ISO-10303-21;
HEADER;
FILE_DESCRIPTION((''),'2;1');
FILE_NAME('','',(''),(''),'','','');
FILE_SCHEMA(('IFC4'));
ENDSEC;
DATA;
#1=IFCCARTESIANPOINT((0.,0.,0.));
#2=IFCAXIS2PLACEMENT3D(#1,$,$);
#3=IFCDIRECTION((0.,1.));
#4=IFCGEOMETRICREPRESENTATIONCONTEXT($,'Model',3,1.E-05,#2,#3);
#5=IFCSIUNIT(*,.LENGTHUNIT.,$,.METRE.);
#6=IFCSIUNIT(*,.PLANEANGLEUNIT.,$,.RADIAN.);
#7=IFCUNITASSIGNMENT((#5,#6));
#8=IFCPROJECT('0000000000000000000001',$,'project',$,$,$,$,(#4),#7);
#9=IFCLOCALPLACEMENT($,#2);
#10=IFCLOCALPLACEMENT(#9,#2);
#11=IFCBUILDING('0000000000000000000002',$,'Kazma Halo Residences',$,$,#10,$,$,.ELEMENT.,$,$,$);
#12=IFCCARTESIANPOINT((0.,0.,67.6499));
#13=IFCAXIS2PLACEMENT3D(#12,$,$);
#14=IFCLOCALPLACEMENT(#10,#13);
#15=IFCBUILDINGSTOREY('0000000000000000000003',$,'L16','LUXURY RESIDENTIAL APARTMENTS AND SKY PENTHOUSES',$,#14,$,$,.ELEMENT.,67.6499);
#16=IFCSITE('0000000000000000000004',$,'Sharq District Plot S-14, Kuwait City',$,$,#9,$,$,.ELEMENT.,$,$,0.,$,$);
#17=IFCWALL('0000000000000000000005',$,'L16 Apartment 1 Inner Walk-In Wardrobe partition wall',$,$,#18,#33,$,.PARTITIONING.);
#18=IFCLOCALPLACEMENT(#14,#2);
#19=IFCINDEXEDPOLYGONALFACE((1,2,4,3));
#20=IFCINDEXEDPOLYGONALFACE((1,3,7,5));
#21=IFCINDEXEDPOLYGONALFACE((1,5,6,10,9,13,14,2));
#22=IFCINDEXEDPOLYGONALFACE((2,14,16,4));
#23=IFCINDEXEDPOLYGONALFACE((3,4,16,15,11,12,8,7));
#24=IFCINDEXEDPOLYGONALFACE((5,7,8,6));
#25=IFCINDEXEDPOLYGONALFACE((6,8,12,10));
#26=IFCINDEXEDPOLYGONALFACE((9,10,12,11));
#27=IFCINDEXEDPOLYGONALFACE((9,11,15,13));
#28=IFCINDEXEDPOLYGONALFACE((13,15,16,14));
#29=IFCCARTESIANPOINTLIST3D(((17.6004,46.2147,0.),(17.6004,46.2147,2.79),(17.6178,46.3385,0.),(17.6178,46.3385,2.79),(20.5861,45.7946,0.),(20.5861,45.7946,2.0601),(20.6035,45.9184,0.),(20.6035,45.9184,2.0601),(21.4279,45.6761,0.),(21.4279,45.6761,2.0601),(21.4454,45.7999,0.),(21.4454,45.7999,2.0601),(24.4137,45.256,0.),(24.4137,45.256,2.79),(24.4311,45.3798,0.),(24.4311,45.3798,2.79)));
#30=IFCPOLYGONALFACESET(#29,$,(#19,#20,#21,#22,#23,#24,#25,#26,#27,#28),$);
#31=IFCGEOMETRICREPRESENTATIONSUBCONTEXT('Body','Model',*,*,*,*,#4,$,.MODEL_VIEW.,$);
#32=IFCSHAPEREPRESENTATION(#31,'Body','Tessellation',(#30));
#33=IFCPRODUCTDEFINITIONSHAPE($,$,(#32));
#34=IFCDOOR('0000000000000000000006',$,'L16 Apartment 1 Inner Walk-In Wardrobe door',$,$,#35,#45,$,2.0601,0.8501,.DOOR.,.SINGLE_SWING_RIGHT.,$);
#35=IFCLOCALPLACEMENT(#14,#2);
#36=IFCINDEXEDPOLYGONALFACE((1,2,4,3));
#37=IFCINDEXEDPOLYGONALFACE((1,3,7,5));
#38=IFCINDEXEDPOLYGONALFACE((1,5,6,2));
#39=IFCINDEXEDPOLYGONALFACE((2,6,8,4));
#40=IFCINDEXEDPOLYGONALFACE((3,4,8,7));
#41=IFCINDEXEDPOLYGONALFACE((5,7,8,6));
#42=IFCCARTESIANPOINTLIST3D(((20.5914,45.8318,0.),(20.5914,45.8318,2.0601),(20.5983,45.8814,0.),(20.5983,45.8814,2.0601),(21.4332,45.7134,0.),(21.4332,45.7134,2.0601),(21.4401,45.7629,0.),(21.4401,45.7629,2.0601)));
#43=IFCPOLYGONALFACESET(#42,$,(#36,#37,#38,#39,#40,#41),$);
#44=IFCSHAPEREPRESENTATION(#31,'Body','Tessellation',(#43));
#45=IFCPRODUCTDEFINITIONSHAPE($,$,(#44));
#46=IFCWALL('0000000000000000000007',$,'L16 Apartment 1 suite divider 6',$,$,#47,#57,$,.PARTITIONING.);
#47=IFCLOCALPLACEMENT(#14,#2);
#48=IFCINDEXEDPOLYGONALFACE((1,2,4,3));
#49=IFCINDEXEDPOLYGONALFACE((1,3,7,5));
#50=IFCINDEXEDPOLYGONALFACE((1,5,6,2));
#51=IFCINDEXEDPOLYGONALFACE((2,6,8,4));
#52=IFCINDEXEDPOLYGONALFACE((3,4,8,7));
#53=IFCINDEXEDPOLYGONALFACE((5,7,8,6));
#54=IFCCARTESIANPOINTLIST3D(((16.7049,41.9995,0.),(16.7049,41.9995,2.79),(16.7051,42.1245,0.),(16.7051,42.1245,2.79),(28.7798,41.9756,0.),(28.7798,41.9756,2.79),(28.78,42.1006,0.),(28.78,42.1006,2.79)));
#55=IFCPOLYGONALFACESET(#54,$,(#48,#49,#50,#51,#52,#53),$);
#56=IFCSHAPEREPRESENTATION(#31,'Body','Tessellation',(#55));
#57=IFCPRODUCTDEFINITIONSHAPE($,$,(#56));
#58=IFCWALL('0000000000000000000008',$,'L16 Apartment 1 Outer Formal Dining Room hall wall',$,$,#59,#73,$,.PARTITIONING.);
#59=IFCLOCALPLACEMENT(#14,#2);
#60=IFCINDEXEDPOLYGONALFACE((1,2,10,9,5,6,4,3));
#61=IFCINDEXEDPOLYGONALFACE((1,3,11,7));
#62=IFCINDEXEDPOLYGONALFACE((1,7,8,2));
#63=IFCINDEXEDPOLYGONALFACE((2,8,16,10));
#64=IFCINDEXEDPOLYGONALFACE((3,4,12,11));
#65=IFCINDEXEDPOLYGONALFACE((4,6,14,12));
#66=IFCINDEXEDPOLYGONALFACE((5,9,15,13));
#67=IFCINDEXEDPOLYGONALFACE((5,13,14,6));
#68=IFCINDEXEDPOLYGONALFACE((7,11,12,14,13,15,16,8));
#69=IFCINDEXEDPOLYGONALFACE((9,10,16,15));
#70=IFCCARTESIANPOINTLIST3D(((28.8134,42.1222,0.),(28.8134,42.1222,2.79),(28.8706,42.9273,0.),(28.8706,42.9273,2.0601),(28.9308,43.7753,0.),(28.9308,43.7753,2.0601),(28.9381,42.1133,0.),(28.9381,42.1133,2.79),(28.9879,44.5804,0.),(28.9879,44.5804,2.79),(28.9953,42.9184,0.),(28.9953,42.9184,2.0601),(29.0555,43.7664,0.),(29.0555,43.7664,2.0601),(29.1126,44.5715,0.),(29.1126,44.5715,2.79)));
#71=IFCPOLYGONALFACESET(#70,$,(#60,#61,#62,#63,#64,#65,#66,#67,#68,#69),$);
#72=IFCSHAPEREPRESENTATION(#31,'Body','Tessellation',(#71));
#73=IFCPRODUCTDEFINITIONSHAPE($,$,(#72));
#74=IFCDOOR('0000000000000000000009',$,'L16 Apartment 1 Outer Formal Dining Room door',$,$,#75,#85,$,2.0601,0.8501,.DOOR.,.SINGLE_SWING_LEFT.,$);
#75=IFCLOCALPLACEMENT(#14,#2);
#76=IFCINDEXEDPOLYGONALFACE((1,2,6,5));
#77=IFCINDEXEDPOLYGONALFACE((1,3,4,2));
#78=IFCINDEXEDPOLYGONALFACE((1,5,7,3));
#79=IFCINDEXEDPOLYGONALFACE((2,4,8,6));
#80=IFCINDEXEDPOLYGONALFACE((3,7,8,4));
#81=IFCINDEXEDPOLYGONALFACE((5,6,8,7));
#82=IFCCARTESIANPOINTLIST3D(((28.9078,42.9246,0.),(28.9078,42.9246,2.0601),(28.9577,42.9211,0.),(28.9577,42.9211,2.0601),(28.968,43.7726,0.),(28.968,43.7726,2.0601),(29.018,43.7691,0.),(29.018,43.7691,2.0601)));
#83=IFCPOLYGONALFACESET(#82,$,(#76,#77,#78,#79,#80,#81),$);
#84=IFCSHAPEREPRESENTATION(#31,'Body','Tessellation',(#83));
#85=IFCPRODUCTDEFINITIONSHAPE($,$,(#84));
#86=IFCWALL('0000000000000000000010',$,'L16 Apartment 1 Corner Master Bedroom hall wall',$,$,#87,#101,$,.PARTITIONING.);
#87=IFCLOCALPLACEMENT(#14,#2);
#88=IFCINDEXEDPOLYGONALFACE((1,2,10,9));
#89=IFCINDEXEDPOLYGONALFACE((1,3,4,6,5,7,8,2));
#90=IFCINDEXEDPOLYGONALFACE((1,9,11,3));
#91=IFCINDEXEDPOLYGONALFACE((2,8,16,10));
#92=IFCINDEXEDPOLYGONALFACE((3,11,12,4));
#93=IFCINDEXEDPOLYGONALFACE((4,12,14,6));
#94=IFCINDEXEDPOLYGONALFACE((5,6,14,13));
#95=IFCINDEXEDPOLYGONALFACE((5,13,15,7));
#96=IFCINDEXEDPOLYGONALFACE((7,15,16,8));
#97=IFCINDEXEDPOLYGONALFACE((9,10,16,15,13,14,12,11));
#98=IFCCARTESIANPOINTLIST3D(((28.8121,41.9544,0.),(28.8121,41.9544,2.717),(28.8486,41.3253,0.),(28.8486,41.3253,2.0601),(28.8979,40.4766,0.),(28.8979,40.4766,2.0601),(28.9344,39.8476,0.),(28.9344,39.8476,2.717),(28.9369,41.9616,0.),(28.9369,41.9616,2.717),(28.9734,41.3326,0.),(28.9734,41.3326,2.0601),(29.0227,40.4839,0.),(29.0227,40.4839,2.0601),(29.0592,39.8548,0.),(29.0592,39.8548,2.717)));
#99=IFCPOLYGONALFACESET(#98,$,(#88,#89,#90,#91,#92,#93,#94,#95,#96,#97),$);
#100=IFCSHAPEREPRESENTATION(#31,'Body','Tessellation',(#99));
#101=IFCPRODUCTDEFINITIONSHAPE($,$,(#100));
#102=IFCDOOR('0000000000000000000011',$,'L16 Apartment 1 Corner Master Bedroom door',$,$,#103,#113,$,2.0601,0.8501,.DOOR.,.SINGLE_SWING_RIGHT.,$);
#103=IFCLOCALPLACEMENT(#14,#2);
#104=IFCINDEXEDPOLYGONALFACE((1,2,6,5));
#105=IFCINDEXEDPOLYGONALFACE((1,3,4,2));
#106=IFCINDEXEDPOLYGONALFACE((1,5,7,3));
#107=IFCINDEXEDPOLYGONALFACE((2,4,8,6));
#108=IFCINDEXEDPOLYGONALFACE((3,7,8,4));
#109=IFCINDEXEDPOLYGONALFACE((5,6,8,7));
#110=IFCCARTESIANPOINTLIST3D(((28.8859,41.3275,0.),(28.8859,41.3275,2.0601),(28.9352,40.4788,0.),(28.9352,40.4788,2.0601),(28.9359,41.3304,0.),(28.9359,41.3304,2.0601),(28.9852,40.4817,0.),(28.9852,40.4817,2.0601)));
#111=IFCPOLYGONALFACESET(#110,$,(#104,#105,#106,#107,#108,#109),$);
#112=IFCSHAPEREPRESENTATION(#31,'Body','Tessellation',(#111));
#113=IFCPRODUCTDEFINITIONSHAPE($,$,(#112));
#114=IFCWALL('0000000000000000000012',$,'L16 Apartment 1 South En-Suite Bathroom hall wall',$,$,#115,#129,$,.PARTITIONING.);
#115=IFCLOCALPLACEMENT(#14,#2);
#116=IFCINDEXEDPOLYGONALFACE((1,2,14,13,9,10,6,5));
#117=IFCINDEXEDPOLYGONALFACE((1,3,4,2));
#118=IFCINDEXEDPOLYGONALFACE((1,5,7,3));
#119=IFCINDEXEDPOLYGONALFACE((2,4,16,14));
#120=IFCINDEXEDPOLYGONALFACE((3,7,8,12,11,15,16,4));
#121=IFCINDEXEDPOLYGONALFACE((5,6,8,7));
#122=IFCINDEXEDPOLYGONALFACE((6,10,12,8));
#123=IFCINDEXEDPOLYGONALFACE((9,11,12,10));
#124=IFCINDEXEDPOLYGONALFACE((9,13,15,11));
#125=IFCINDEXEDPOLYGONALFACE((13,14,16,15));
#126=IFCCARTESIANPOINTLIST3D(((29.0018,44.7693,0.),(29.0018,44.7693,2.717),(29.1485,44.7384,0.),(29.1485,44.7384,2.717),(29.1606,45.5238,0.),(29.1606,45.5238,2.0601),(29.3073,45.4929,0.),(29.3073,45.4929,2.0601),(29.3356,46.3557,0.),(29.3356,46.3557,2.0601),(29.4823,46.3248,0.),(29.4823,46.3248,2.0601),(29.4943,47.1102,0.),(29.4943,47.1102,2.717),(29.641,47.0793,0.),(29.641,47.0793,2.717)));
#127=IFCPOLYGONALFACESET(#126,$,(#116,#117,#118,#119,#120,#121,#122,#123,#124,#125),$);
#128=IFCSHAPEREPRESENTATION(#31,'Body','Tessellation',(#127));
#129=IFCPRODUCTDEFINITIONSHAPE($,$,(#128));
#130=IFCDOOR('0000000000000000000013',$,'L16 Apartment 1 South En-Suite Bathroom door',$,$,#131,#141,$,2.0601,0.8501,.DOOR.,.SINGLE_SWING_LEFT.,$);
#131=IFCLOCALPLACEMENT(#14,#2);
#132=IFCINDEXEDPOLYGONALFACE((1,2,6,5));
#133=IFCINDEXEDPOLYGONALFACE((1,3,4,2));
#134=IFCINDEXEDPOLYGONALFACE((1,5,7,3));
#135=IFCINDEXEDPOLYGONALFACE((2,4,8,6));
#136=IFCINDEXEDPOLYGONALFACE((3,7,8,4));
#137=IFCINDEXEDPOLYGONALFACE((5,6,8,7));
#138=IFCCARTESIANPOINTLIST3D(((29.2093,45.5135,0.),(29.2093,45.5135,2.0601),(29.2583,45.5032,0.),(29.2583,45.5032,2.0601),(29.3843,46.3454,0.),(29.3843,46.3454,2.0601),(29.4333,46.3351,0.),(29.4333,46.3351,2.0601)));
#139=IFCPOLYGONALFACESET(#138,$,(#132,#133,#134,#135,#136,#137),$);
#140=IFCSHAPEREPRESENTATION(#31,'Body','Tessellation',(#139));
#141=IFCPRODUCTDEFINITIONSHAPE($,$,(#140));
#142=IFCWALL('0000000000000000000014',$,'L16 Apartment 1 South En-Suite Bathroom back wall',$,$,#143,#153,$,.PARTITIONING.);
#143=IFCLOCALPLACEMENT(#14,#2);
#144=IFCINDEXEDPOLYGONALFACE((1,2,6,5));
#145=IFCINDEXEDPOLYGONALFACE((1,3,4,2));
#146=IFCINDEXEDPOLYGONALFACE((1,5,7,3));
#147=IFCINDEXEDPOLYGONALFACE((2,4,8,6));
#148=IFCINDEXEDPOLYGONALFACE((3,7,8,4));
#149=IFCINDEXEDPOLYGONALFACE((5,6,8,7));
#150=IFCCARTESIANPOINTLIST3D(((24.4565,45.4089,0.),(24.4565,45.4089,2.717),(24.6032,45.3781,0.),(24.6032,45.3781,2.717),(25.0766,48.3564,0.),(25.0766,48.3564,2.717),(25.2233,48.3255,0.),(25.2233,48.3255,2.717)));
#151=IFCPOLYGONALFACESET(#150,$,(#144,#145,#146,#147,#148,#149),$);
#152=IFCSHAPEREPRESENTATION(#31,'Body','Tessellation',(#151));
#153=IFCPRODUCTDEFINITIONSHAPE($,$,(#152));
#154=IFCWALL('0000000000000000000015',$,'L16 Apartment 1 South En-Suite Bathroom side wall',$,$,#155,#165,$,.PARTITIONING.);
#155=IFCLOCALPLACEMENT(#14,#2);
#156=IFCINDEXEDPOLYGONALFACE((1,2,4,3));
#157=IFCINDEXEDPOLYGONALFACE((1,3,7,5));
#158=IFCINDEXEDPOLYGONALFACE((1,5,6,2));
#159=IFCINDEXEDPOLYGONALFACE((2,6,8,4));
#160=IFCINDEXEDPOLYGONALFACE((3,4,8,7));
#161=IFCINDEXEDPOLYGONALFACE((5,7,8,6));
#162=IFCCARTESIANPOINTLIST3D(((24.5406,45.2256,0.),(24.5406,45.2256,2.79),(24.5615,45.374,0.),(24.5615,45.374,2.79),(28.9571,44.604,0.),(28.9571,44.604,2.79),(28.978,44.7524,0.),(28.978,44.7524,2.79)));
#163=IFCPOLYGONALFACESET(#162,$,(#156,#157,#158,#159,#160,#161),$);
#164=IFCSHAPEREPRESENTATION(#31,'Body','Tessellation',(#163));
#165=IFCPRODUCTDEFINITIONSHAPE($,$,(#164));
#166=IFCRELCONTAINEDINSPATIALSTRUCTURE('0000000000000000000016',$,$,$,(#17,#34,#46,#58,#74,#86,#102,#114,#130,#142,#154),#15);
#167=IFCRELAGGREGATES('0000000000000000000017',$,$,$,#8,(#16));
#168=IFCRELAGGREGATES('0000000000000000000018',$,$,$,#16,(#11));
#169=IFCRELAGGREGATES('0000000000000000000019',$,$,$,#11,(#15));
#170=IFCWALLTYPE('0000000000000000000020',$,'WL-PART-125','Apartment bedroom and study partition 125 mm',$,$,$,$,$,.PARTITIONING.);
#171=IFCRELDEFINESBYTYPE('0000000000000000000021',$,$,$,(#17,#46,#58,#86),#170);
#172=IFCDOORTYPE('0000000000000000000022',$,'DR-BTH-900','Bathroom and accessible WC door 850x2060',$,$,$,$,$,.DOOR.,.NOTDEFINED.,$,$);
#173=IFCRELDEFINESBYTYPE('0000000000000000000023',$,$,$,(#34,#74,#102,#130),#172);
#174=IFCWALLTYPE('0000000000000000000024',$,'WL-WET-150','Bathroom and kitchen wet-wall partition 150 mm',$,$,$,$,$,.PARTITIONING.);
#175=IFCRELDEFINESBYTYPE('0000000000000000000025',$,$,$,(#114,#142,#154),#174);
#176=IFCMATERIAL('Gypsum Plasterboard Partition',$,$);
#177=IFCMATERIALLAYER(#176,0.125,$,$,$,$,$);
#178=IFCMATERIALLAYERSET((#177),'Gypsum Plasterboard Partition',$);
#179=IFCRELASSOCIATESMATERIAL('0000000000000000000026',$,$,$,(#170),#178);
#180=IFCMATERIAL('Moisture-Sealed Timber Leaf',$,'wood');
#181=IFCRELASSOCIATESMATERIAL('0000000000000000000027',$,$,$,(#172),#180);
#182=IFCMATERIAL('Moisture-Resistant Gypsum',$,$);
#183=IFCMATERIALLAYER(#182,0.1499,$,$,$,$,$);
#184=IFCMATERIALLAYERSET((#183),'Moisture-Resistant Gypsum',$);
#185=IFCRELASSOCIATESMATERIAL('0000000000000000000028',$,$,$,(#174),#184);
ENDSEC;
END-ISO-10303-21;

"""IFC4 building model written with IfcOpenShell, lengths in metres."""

from ifc_helpers import new_model, si_unit, direction, frame, frame_2d, origin, place, context, subcontext, project, spatial, rectangle, extrude, material, layer, layer_set, type_object, element, fill, save


model = new_model("IFC4")

# Units and contexts
model_context = context("Model", 3, precision=1e-05, world=origin(), true_north=direction((0.0, 1.0)))
body_context = subcontext(model_context, "Body", "Model", "MODEL_VIEW")
ifc_project = project(units=[si_unit("LENGTHUNIT", "METRE"), si_unit("PLANEANGLEUNIT", "RADIAN")], contexts=[model_context])

# Site, building, storey
site_placement = place(None, origin())
site = spatial("IfcSite", under=ifc_project, at=site_placement, Name="Sharq District Plot S-14, Kuwait City", CompositionType="ELEMENT", RefElevation=0.0)
building_placement = place(site_placement, origin())
building = spatial("IfcBuilding", under=site, at=building_placement, Name="Kazma Halo Residences", CompositionType="ELEMENT")
storey_placement = place(building_placement, frame((0.0, 0.0, 67.6499)))
storey = spatial("IfcBuildingStorey", under=building, at=storey_placement, Name="L16", Description="LUXURY RESIDENTIAL APARTMENTS AND SKY PENTHOUSES", CompositionType="ELEMENT", Elevation=67.6499)

# Shared definitions
ifc_material_1 = material(Name="Gypsum Plasterboard Partition")
ifc_layer_1 = layer(ifc_material_1, 0.125)
ifc_layer_set_1 = layer_set([ifc_layer_1], Name="Gypsum Plasterboard Partition")
wall_type_1 = type_object("IfcWallType", Name="WL-PART-125", Description="Apartment bedroom and study partition 125 mm", PredefinedType="PARTITIONING", material=ifc_layer_set_1)

# Shared definitions
ifc_material_2 = material(Name="Moisture-Sealed Timber Leaf", Category="wood")
door_type = type_object("IfcDoorType", Name="DR-BTH-900", Description="Bathroom and accessible WC door 850x2060", OperationType="NOTDEFINED", PredefinedType="DOOR", material=ifc_material_2)

# Wall, opening, door
wall_1_placement = place(storey_placement, frame((24.4224, 45.3179, 0.0), z_axis=(0.0, 0.0, 1.0), x_axis=(-0.990244, 0.139345, 0.0)))
wall_1 = element("IfcWall", 1, at=wall_1_placement, inside=storey, type_object=wall_type_1, Name="L16 Apartment 1 Inner Walk-In Wardrobe partition wall", PredefinedType="PARTITIONING", context=body_context, shape_type="SweptSolid", body=[
    extrude(rectangle(XDim=6.8804, YDim=0.125, at=frame_2d((3.4402, 0.0))), origin(), (0.0, 0.0, 1.0), 2.79),
])
opening_1_placement = place(wall_1_placement, frame((3.0151, 0.0, 0.0)))
opening_1 = element("IfcOpeningElement", 2, at=opening_1_placement, cuts=wall_1, PredefinedType="OPENING", context=body_context, shape_type="SweptSolid", body=[
    extrude(rectangle(XDim=0.8501, YDim=2.0601, at=frame_2d((0.425, 1.03))), frame((0.0, 0.0725, 0.0), z_axis=(0.0, -1.0, 0.0), x_axis=(1.0, 0.0, 0.0)), (0.0, 0.0, 1.0), 0.145),
])
door_1_placement = place(opening_1_placement, origin())
door_1 = element("IfcDoor", 3, at=door_1_placement, inside=storey, type_object=door_type, Name="L16 Apartment 1 Inner Walk-In Wardrobe door", OperationType="SINGLE_SWING_RIGHT", OverallHeight=2.0601, OverallWidth=0.8501, PredefinedType="DOOR", context=body_context, shape_type="SweptSolid", body=[
    extrude(rectangle(XDim=0.8501, YDim=2.0601, at=frame_2d((0.425, 1.03))), frame((0.0, 0.0249, 0.0), z_axis=(0.0, -1.0, 0.0), x_axis=(1.0, 0.0, 0.0)), (0.0, 0.0, 1.0), 0.05),
])
fill(opening_1, door_1)

# Wall
wall_2_placement = place(storey_placement, frame((28.78, 42.0381, 0.0), z_axis=(0.0, 0.0, 1.0), x_axis=(-0.999998, 0.001981, 0.0)))
element("IfcWall", 4, at=wall_2_placement, inside=storey, type_object=wall_type_1, Name="L16 Apartment 1 suite divider 6", PredefinedType="PARTITIONING", context=body_context, shape_type="SweptSolid", body=[
    extrude(rectangle(XDim=12.075, YDim=0.125, at=frame_2d((6.0376, 0.0))), origin(), (0.0, 0.0, 1.0), 2.79),
])

# Walls, openings, doors
wall_3_placement = place(storey_placement, frame((29.0503, 44.5759, 0.0), z_axis=(0.0, 0.0, 1.0), x_axis=(-0.070832, -0.997488, 0.0)))
wall_3 = element("IfcWall", 5, at=wall_3_placement, inside=storey, type_object=wall_type_1, Name="L16 Apartment 1 Outer Formal Dining Room hall wall", PredefinedType="PARTITIONING", context=body_context, shape_type="SweptSolid", body=[
    extrude(rectangle(XDim=2.4644, YDim=0.125, at=frame_2d((1.2322, 0.0))), origin(), (0.0, 0.0, 1.0), 2.79),
])
opening_2_placement = place(wall_3_placement, frame((0.8071, 0.0, 0.0)))
opening_2 = element("IfcOpeningElement", 6, at=opening_2_placement, cuts=wall_3, PredefinedType="OPENING", context=body_context, shape_type="SweptSolid", body=[
    extrude(rectangle(XDim=0.8501, YDim=2.0601, at=frame_2d((0.425, 1.03))), frame((0.0, 0.0725, 0.0), z_axis=(0.0, -1.0, 0.0), x_axis=(1.0, 0.0, 0.0)), (0.0, 0.0, 1.0), 0.145),
])
door_2_placement = place(opening_2_placement, origin())
door_2 = element("IfcDoor", 7, at=door_2_placement, inside=storey, type_object=door_type, Name="L16 Apartment 1 Outer Formal Dining Room door", OperationType="SINGLE_SWING_LEFT", OverallHeight=2.0601, OverallWidth=0.8501, PredefinedType="DOOR", context=body_context, shape_type="SweptSolid", body=[
    extrude(rectangle(XDim=0.8501, YDim=2.0601, at=frame_2d((0.425, 1.03))), frame((0.0, 0.0249, 0.0), z_axis=(0.0, -1.0, 0.0), x_axis=(1.0, 0.0, 0.0)), (0.0, 0.0, 1.0), 0.05),
])
fill(opening_2, door_2)
wall_4_placement = place(storey_placement, frame((28.8745, 41.958, 0.0), z_axis=(0.0, 0.0, 1.0), x_axis=(0.057962, -0.998319, 0.0)))
wall_4 = element("IfcWall", 8, at=wall_4_placement, inside=storey, type_object=wall_type_1, Name="L16 Apartment 1 Corner Master Bedroom hall wall", PredefinedType="PARTITIONING", context=body_context, shape_type="SweptSolid", body=[
    extrude(rectangle(XDim=2.1104, YDim=0.125, at=frame_2d((1.0552, 0.0))), origin(), (0.0, 0.0, 1.0), 2.717),
])
opening_3_placement = place(wall_4_placement, frame((0.6301, 0.0, 0.0)))
opening_3 = element("IfcOpeningElement", 9, at=opening_3_placement, cuts=wall_4, PredefinedType="OPENING", context=body_context, shape_type="SweptSolid", body=[
    extrude(rectangle(XDim=0.8501, YDim=2.0601, at=frame_2d((0.425, 1.03))), frame((0.0, 0.0725, 0.0), z_axis=(0.0, -1.0, 0.0), x_axis=(1.0, 0.0, 0.0)), (0.0, 0.0, 1.0), 0.145),
])
door_3_placement = place(opening_3_placement, origin())
door_3 = element("IfcDoor", 10, at=door_3_placement, inside=storey, type_object=door_type, Name="L16 Apartment 1 Corner Master Bedroom door", OperationType="SINGLE_SWING_RIGHT", OverallHeight=2.0601, OverallWidth=0.8501, PredefinedType="DOOR", context=body_context, shape_type="SweptSolid", body=[
    extrude(rectangle(XDim=0.8501, YDim=2.0601, at=frame_2d((0.425, 1.03))), frame((0.0, 0.0249, 0.0), z_axis=(0.0, -1.0, 0.0), x_axis=(1.0, 0.0, 0.0)), (0.0, 0.0, 1.0), 0.05),
])
fill(opening_3, door_3)
ifc_material_3 = material(Name="Moisture-Resistant Gypsum")
ifc_layer_2 = layer(ifc_material_3, 0.1499)
ifc_layer_set_2 = layer_set([ifc_layer_2], Name="Moisture-Resistant Gypsum")
wall_type_2 = type_object("IfcWallType", Name="WL-WET-150", Description="Bathroom and kitchen wet-wall partition 150 mm", PredefinedType="PARTITIONING", material=ifc_layer_set_2)
wall_5_placement = place(storey_placement, frame((29.5676, 47.0947, 0.0), z_axis=(0.0, 0.0, 1.0), x_axis=(-0.205861, -0.978581, 0.0)))
wall_5 = element("IfcWall", 11, at=wall_5_placement, inside=storey, type_object=wall_type_2, Name="L16 Apartment 1 South En-Suite Bathroom hall wall", PredefinedType="PARTITIONING", context=body_context, shape_type="SweptSolid", body=[
    extrude(rectangle(XDim=2.3921, YDim=0.1499, at=frame_2d((1.196, 0.0))), origin(), (0.0, 0.0, 1.0), 2.717),
])
opening_4_placement = place(wall_5_placement, frame((0.771, 0.0, 0.0)))
opening_4 = element("IfcOpeningElement", 12, at=opening_4_placement, cuts=wall_5, PredefinedType="OPENING", context=body_context, shape_type="SweptSolid", body=[
    extrude(rectangle(XDim=0.8501, YDim=2.0601, at=frame_2d((0.425, 1.03))), frame((0.0, 0.085, 0.0), z_axis=(0.0, -1.0, 0.0), x_axis=(1.0, 0.0, 0.0)), (0.0, 0.0, 1.0), 0.1699),
])
door_4_placement = place(opening_4_placement, origin())
door_4 = element("IfcDoor", 13, at=door_4_placement, inside=storey, type_object=door_type, Name="L16 Apartment 1 South En-Suite Bathroom door", OperationType="SINGLE_SWING_LEFT", OverallHeight=2.0601, OverallWidth=0.8501, PredefinedType="DOOR", context=body_context, shape_type="SweptSolid", body=[
    extrude(rectangle(XDim=0.8501, YDim=2.0601, at=frame_2d((0.425, 1.03))), frame((0.0, 0.0249, 0.0), z_axis=(0.0, -1.0, 0.0), x_axis=(1.0, 0.0, 0.0)), (0.0, 0.0, 1.0), 0.05),
])
fill(opening_4, door_4)

# Walls
wall_6_placement = place(storey_placement, frame((25.1499, 48.3408, 0.0), z_axis=(0.0, 0.0, 1.0), x_axis=(-0.20588, -0.978577, 0.0)))
element("IfcWall", 14, at=wall_6_placement, inside=storey, type_object=wall_type_2, Name="L16 Apartment 1 South En-Suite Bathroom back wall", PredefinedType="PARTITIONING", context=body_context, shape_type="SweptSolid", body=[
    extrude(rectangle(XDim=3.012, YDim=0.1499, at=frame_2d((1.5059, 0.0))), origin(), (0.0, 0.0, 1.0), 2.717),
])
wall_7_placement = place(storey_placement, frame((28.9675, 44.6782, 0.0), z_axis=(0.0, 0.0, 1.0), x_axis=(-0.990241, 0.139367, 0.0)))
element("IfcWall", 15, at=wall_7_placement, inside=storey, type_object=wall_type_2, Name="L16 Apartment 1 South En-Suite Bathroom side wall", PredefinedType="PARTITIONING", context=body_context, shape_type="SweptSolid", body=[
    extrude(rectangle(XDim=4.46, YDim=0.1499, at=frame_2d((2.23, 0.0))), origin(), (0.0, 0.0, 1.0), 2.79),
])

save(model, "model.ifc")
